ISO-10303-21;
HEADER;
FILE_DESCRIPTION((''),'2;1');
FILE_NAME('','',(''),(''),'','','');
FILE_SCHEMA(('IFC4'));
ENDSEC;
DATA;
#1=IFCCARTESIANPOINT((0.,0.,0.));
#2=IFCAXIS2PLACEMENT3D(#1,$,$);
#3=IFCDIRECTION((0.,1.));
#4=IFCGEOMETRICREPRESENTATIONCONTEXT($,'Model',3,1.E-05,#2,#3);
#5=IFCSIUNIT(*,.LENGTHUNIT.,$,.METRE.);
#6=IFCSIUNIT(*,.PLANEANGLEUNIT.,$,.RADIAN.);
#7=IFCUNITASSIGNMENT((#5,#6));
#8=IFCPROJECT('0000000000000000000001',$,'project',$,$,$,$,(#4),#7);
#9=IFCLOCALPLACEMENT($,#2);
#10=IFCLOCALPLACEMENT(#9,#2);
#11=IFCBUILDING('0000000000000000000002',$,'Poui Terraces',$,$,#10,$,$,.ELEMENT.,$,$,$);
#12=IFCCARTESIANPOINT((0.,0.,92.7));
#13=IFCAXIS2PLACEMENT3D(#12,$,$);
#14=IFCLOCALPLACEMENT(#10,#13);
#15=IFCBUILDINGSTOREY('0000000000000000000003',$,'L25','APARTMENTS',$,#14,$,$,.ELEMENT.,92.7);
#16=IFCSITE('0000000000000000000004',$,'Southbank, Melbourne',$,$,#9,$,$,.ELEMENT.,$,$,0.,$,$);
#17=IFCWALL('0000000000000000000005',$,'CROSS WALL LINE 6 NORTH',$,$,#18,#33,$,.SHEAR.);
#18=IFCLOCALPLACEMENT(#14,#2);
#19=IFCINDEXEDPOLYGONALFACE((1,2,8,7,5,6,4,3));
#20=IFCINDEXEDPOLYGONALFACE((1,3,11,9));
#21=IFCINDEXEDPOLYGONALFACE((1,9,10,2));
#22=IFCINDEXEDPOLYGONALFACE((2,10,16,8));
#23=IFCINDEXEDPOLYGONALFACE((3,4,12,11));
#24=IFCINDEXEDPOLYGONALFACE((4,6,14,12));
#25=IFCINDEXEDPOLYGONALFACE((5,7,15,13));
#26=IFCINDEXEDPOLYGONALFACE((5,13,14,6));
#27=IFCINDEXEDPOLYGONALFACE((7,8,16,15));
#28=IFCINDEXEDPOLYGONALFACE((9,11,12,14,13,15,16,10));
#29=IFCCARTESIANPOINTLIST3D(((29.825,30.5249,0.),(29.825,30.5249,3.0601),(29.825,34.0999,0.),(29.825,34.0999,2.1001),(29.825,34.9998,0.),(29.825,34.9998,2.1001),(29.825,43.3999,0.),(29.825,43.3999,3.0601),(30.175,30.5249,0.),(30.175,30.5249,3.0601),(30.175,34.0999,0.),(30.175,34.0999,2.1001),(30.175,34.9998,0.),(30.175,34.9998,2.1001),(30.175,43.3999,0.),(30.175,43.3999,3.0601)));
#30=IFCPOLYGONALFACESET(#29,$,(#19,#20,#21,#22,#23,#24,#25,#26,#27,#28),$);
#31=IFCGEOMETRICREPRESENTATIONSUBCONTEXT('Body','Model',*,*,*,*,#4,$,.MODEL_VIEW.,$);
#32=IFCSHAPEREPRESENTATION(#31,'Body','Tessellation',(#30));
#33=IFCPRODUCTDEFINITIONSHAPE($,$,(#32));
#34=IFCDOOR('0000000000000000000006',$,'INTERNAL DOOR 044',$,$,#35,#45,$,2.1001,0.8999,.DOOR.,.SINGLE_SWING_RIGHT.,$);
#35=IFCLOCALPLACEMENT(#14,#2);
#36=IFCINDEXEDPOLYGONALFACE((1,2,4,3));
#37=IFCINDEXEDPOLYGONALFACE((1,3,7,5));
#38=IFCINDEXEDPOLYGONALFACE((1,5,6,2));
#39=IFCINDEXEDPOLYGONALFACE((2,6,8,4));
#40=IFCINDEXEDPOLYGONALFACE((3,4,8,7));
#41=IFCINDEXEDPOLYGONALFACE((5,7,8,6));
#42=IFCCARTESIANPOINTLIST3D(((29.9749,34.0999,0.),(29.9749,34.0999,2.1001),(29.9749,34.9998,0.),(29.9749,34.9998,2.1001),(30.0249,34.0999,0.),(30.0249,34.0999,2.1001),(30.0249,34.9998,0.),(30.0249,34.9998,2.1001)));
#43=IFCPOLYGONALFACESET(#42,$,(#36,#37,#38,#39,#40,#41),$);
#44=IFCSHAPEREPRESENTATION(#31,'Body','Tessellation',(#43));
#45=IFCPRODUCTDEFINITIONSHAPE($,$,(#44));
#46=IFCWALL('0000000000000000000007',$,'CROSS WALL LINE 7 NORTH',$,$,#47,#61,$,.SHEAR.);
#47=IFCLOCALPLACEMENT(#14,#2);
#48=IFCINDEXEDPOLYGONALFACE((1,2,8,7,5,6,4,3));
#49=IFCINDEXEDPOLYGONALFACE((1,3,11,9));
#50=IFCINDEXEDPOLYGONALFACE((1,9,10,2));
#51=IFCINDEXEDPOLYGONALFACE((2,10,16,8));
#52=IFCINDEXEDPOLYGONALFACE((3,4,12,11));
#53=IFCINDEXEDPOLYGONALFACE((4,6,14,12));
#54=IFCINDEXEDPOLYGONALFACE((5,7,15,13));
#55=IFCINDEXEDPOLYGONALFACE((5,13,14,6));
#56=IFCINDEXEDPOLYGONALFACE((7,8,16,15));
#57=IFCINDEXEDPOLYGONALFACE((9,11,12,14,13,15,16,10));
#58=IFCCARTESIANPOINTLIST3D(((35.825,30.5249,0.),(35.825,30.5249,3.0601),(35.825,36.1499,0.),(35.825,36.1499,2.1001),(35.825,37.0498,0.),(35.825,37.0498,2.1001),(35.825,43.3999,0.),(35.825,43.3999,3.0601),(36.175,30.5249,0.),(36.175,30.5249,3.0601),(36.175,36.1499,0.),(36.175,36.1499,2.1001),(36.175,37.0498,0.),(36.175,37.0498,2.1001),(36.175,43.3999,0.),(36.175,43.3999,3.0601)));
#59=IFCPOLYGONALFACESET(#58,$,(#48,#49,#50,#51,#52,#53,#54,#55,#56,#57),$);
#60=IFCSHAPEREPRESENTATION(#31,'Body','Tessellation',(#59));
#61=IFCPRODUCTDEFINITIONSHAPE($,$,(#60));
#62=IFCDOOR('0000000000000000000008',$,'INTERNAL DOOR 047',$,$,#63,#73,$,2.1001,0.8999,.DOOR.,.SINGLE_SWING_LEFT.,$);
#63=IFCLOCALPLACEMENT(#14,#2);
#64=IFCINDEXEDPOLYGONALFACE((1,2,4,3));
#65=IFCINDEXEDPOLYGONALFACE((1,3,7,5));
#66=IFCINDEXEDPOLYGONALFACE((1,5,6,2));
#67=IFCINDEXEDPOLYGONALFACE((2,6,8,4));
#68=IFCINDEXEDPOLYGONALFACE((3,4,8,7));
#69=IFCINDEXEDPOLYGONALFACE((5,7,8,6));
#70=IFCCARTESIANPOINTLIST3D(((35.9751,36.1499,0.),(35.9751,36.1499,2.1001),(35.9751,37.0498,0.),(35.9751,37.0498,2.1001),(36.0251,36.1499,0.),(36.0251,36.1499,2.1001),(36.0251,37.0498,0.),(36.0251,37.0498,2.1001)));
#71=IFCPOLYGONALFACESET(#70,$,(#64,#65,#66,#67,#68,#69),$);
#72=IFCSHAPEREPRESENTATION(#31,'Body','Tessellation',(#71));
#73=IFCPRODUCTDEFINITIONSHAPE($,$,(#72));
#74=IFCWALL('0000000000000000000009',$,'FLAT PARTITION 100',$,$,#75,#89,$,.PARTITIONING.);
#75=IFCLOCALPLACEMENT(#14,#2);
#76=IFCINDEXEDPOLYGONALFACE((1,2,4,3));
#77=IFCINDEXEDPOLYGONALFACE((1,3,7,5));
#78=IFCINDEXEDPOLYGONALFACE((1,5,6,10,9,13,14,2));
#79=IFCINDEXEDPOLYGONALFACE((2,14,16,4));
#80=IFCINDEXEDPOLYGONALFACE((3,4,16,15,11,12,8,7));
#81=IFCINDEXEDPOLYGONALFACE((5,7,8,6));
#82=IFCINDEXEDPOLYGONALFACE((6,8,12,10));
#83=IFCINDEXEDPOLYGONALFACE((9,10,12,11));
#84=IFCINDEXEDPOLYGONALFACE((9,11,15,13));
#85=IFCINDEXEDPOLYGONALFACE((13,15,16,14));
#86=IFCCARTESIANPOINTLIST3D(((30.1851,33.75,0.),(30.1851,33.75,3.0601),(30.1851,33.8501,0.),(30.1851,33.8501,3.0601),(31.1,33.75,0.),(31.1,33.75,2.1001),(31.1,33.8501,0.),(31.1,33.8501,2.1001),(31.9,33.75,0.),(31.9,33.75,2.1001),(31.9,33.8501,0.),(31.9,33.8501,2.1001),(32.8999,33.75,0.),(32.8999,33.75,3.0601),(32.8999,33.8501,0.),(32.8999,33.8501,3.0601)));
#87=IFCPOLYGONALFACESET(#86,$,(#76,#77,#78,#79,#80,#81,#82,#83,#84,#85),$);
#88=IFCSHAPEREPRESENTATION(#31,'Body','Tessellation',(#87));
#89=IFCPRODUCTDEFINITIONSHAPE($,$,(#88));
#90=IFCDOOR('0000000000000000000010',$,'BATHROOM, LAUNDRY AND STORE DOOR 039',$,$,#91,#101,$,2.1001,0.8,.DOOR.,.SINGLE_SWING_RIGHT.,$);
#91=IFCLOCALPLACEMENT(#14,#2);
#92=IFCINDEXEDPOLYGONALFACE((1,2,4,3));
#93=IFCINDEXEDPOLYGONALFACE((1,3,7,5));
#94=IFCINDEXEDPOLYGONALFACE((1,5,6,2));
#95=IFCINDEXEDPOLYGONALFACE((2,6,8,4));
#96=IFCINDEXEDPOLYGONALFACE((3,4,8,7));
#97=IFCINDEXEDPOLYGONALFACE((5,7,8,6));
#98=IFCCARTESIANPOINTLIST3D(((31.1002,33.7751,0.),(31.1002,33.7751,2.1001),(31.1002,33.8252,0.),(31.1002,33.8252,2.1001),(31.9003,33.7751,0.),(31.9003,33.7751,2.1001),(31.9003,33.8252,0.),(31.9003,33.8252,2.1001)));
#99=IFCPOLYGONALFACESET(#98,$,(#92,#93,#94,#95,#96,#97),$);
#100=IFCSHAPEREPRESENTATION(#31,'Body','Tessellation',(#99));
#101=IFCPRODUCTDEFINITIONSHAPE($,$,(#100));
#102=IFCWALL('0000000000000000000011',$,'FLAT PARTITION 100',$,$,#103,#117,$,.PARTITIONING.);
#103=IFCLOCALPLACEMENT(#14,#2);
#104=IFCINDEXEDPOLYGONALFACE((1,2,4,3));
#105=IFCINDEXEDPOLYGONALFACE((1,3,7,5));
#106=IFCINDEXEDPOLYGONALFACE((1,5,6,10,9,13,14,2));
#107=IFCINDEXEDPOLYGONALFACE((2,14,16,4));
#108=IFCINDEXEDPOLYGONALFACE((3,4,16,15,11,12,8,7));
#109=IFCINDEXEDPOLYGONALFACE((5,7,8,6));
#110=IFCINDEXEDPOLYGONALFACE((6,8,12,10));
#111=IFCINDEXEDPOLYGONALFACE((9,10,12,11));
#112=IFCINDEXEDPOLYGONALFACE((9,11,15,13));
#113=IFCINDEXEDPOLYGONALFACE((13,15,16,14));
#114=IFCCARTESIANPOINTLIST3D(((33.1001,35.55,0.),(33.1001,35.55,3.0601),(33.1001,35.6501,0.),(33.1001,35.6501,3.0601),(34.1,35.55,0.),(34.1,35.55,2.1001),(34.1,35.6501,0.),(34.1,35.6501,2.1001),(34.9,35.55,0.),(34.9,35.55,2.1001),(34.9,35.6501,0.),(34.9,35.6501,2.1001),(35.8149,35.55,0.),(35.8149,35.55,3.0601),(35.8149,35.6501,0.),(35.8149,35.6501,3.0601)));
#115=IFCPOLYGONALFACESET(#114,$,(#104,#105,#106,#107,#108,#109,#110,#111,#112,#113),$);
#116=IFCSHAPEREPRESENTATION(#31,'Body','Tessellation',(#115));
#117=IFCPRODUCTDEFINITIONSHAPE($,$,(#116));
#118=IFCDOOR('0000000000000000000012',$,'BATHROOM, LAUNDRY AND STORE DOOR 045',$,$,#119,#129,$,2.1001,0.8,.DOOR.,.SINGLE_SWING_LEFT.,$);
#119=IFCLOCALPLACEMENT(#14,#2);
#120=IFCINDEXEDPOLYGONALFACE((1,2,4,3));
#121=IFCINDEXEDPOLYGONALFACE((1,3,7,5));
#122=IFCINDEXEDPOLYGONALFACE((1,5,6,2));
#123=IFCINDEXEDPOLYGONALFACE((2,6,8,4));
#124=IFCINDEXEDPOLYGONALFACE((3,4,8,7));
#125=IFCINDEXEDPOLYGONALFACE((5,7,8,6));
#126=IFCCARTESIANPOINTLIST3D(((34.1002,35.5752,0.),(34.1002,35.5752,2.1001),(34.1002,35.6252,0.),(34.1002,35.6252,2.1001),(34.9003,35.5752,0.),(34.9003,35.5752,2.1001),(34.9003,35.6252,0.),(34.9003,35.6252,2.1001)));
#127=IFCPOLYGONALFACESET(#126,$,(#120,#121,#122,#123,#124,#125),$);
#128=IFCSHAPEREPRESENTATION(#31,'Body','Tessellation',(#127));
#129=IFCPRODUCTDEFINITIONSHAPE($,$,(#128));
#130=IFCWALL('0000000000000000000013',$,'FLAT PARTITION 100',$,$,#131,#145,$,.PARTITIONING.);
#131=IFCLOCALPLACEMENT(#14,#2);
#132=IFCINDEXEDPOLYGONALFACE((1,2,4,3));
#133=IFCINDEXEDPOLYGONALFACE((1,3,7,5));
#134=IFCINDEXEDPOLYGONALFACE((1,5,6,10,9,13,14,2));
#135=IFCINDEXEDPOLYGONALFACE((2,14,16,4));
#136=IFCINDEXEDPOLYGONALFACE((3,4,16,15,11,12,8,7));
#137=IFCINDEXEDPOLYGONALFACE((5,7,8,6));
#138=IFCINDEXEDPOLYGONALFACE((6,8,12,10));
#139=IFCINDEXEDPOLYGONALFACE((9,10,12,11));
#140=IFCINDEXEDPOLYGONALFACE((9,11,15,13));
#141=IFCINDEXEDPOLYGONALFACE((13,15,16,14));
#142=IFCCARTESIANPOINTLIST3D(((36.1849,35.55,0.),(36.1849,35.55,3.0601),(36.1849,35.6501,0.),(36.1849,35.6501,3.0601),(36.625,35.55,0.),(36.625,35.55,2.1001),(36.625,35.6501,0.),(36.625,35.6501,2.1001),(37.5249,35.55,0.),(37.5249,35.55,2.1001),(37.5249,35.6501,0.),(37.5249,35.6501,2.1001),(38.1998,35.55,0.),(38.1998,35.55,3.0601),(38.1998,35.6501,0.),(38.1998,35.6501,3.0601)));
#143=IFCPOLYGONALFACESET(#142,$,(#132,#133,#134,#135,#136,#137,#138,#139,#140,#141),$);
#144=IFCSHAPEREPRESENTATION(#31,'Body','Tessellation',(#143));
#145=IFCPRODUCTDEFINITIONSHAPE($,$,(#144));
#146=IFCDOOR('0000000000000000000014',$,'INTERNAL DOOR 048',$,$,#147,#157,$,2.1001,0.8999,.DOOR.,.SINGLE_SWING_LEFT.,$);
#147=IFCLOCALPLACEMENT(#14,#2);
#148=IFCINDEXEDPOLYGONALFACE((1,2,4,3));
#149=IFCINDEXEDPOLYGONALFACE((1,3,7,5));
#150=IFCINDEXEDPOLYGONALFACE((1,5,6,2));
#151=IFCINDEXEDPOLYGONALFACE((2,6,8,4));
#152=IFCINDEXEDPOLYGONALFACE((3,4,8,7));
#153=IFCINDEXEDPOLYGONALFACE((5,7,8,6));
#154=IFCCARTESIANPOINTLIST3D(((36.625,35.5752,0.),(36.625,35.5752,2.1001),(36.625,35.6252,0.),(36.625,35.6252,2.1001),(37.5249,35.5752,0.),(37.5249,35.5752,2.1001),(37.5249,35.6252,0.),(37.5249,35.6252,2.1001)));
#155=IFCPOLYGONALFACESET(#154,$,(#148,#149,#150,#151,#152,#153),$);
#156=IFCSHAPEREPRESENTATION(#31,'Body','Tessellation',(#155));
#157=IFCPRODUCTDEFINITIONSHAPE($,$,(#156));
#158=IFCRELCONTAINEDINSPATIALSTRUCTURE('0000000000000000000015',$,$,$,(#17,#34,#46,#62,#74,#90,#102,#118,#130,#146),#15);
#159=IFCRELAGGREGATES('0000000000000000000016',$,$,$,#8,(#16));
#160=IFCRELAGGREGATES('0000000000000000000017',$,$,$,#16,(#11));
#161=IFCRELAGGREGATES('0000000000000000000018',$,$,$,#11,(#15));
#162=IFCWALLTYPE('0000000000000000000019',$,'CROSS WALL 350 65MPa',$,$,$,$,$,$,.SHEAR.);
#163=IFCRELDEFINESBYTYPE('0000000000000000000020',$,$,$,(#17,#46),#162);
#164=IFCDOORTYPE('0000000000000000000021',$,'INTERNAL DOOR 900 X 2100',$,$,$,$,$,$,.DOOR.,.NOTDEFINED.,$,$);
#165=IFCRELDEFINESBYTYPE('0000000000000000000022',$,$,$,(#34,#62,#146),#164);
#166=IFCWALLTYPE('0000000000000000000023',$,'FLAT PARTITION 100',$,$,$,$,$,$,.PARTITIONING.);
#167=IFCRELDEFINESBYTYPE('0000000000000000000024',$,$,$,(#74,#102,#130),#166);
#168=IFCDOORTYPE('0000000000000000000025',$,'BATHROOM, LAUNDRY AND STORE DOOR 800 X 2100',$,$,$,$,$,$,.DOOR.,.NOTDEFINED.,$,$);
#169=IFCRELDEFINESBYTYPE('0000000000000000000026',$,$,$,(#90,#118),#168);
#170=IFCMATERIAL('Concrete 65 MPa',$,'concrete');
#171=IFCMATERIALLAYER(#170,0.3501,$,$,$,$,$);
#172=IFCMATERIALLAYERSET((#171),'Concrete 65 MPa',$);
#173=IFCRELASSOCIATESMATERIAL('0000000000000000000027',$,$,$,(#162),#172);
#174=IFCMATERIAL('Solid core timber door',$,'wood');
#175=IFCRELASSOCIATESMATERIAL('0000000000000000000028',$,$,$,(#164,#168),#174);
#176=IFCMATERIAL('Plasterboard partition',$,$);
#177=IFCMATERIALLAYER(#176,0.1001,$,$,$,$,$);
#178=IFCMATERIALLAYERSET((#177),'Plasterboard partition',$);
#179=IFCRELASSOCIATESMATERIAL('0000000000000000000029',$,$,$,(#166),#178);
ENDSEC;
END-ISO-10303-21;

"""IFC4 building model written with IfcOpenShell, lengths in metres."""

from ifc_helpers import new_model, si_unit, direction, frame, frame_2d, origin, place, context, subcontext, project, spatial, rectangle, extrude, material, layer, layer_set, type_object, element, fill, save


model = new_model("IFC4")

# Units and contexts
model_context = context("Model", 3, precision=1e-05, world=origin(), true_north=direction((0.0, 1.0)))
body_context = subcontext(model_context, "Body", "Model", "MODEL_VIEW")
ifc_project = project(units=[si_unit("LENGTHUNIT", "METRE"), si_unit("PLANEANGLEUNIT", "RADIAN")], contexts=[model_context])

# Site, building, storey
site_placement = place(None, origin())
site = spatial("IfcSite", under=ifc_project, at=site_placement, Name="Southbank, Melbourne", CompositionType="ELEMENT", RefElevation=0.0)
building_placement = place(site_placement, origin())
building = spatial("IfcBuilding", under=site, at=building_placement, Name="Poui Terraces", CompositionType="ELEMENT")
storey_placement = place(building_placement, frame((0.0, 0.0, 92.7)))
storey = spatial("IfcBuildingStorey", under=building, at=storey_placement, Name="L25", Description="APARTMENTS", CompositionType="ELEMENT", Elevation=92.7)

# Walls, openings, doors
ifc_material_1 = material(Name="Concrete 65 MPa", Category="concrete")
ifc_layer_1 = layer(ifc_material_1, 0.3501)
ifc_layer_set_1 = layer_set([ifc_layer_1], Name="Concrete 65 MPa")
wall_type_1 = type_object("IfcWallType", Name="CROSS WALL 350 65MPa", PredefinedType="SHEAR", material=ifc_layer_set_1)
wall_1_placement = place(storey_placement, frame((30.0, 30.5249, 0.0), z_axis=(0.0, 0.0, 1.0), x_axis=(0.0, 1.0, 0.0)))
wall_1 = element("IfcWall", 1, at=wall_1_placement, inside=storey, type_object=wall_type_1, Name="CROSS WALL LINE 6 NORTH", PredefinedType="SHEAR", context=body_context, shape_type="SweptSolid", body=[
    extrude(rectangle(XDim=12.875, YDim=0.3501, at=frame_2d((6.4375, 0.0))), origin(), (0.0, 0.0, 1.0), 3.0601),
])
opening_1_placement = place(wall_1_placement, frame((3.575, 0.0, 0.0)))
opening_1 = element("IfcOpeningElement", 2, at=opening_1_placement, cuts=wall_1, PredefinedType="OPENING", context=body_context, shape_type="SweptSolid", body=[
    extrude(rectangle(XDim=0.8999, YDim=2.1001, at=frame_2d((0.45, 1.05))), frame((0.0, 0.1851, 0.0), z_axis=(0.0, -1.0, 0.0), x_axis=(1.0, 0.0, 0.0)), (0.0, 0.0, 1.0), 0.3701),
])
ifc_material_2 = material(Name="Solid core timber door", Category="wood")
door_type_1 = type_object("IfcDoorType", Name="INTERNAL DOOR 900 X 2100", OperationType="NOTDEFINED", PredefinedType="DOOR", material=ifc_material_2)
door_1_placement = place(opening_1_placement, frame((0.8999, 0.0, 0.0), z_axis=(0.0, 0.0, 1.0), x_axis=(-1.0, 0.0, 0.0)))
door_1 = element("IfcDoor", 3, at=door_1_placement, inside=storey, type_object=door_type_1, Name="INTERNAL DOOR 044", OperationType="SINGLE_SWING_RIGHT", OverallHeight=2.1001, OverallWidth=0.8999, PredefinedType="DOOR", context=body_context, shape_type="SweptSolid", body=[
    extrude(rectangle(XDim=0.8999, YDim=2.1001, at=frame_2d((0.45, 1.05))), frame((0.0, 0.0249, 0.0), z_axis=(0.0, -1.0, 0.0), x_axis=(1.0, 0.0, 0.0)), (0.0, 0.0, 1.0), 0.05),
])
fill(opening_1, door_1)
wall_2_placement = place(storey_placement, frame((36.0, 30.5249, 0.0), z_axis=(0.0, 0.0, 1.0), x_axis=(0.0, 1.0, 0.0)))
wall_2 = element("IfcWall", 4, at=wall_2_placement, inside=storey, type_object=wall_type_1, Name="CROSS WALL LINE 7 NORTH", PredefinedType="SHEAR", context=body_context, shape_type="SweptSolid", body=[
    extrude(rectangle(XDim=12.875, YDim=0.3501, at=frame_2d((6.4375, 0.0))), origin(), (0.0, 0.0, 1.0), 3.0601),
])
opening_2_placement = place(wall_2_placement, frame((5.625, 0.0, 0.0)))
opening_2 = element("IfcOpeningElement", 5, at=opening_2_placement, cuts=wall_2, PredefinedType="OPENING", context=body_context, shape_type="SweptSolid", body=[
    extrude(rectangle(XDim=0.8999, YDim=2.1001, at=frame_2d((0.45, 1.05))), frame((0.0, 0.1851, 0.0), z_axis=(0.0, -1.0, 0.0), x_axis=(1.0, 0.0, 0.0)), (0.0, 0.0, 1.0), 0.3701),
])
door_2_placement = place(opening_2_placement, origin())
door_2 = element("IfcDoor", 6, at=door_2_placement, inside=storey, type_object=door_type_1, Name="INTERNAL DOOR 047", OperationType="SINGLE_SWING_LEFT", OverallHeight=2.1001, OverallWidth=0.8999, PredefinedType="DOOR", context=body_context, shape_type="SweptSolid", body=[
    extrude(rectangle(XDim=0.8999, YDim=2.1001, at=frame_2d((0.45, 1.05))), frame((0.0, 0.0249, 0.0), z_axis=(0.0, -1.0, 0.0), x_axis=(1.0, 0.0, 0.0)), (0.0, 0.0, 1.0), 0.05),
])
fill(opening_2, door_2)
ifc_material_3 = material(Name="Plasterboard partition")
ifc_layer_2 = layer(ifc_material_3, 0.1001)
ifc_layer_set_2 = layer_set([ifc_layer_2], Name="Plasterboard partition")
wall_type_2 = type_object("IfcWallType", Name="FLAT PARTITION 100", PredefinedType="PARTITIONING", material=ifc_layer_set_2)
wall_3_placement = place(storey_placement, frame((30.1851, 33.8, 0.0), z_axis=(0.0, 0.0, 1.0), x_axis=(1.0, 0.0, 0.0)))
wall_3 = element("IfcWall", 7, at=wall_3_placement, inside=storey, type_object=wall_type_2, Name="FLAT PARTITION 100", PredefinedType="PARTITIONING", context=body_context, shape_type="SweptSolid", body=[
    extrude(rectangle(XDim=2.7148, YDim=0.1001, at=frame_2d((1.3574, 0.0))), origin(), (0.0, 0.0, 1.0), 3.0601),
])
opening_3_placement = place(wall_3_placement, frame((0.915, 0.0, 0.0)))
opening_3 = element("IfcOpeningElement", 8, at=opening_3_placement, cuts=wall_3, PredefinedType="OPENING", context=body_context, shape_type="SweptSolid", body=[
    extrude(rectangle(XDim=0.8, YDim=2.1001, at=frame_2d((0.3999, 1.05))), frame((0.0, 0.0601, 0.0), z_axis=(0.0, -1.0, 0.0), x_axis=(1.0, 0.0, 0.0)), (0.0, 0.0, 1.0), 0.1201),
])
door_type_2 = type_object("IfcDoorType", Name="BATHROOM, LAUNDRY AND STORE DOOR 800 X 2100", OperationType="NOTDEFINED", PredefinedType="DOOR", material=ifc_material_2)
door_3_placement = place(opening_3_placement, frame((0.8, 0.0, 0.0), z_axis=(0.0, 0.0, 1.0), x_axis=(-1.0, 0.0, 0.0)))
door_3 = element("IfcDoor", 9, at=door_3_placement, inside=storey, type_object=door_type_2, Name="BATHROOM, LAUNDRY AND STORE DOOR 039", OperationType="SINGLE_SWING_RIGHT", OverallHeight=2.1001, OverallWidth=0.8, PredefinedType="DOOR", context=body_context, shape_type="SweptSolid", body=[
    extrude(rectangle(XDim=0.8, YDim=2.1001, at=frame_2d((0.3999, 1.05))), frame((0.0, 0.0249, 0.0), z_axis=(0.0, -1.0, 0.0), x_axis=(1.0, 0.0, 0.0)), (0.0, 0.0, 1.0), 0.05),
])
fill(opening_3, door_3)
wall_4_placement = place(storey_placement, frame((33.1001, 35.6001, 0.0), z_axis=(0.0, 0.0, 1.0), x_axis=(1.0, 0.0, 0.0)))
wall_4 = element("IfcWall", 10, at=wall_4_placement, inside=storey, type_object=wall_type_2, Name="FLAT PARTITION 100", PredefinedType="PARTITIONING", context=body_context, shape_type="SweptSolid", body=[
    extrude(rectangle(XDim=2.7148, YDim=0.1001, at=frame_2d((1.3574, 0.0))), origin(), (0.0, 0.0, 1.0), 3.0601),
])
opening_4_placement = place(wall_4_placement, frame((1.0, 0.0, 0.0)))
opening_4 = element("IfcOpeningElement", 11, at=opening_4_placement, cuts=wall_4, PredefinedType="OPENING", context=body_context, shape_type="SweptSolid", body=[
    extrude(rectangle(XDim=0.8, YDim=2.1001, at=frame_2d((0.3999, 1.05))), frame((0.0, 0.0601, 0.0), z_axis=(0.0, -1.0, 0.0), x_axis=(1.0, 0.0, 0.0)), (0.0, 0.0, 1.0), 0.1201),
])
door_4_placement = place(opening_4_placement, frame((0.8, 0.0, 0.0), z_axis=(0.0, 0.0, 1.0), x_axis=(-1.0, 0.0, 0.0)))
door_4 = element("IfcDoor", 12, at=door_4_placement, inside=storey, type_object=door_type_2, Name="BATHROOM, LAUNDRY AND STORE DOOR 045", OperationType="SINGLE_SWING_LEFT", OverallHeight=2.1001, OverallWidth=0.8, PredefinedType="DOOR", context=body_context, shape_type="SweptSolid", body=[
    extrude(rectangle(XDim=0.8, YDim=2.1001, at=frame_2d((0.3999, 1.05))), frame((0.0, 0.0249, 0.0), z_axis=(0.0, -1.0, 0.0), x_axis=(1.0, 0.0, 0.0)), (0.0, 0.0, 1.0), 0.05),
])
fill(opening_4, door_4)
wall_5_placement = place(storey_placement, frame((36.1851, 35.6001, 0.0), z_axis=(0.0, 0.0, 1.0), x_axis=(1.0, 0.0, 0.0)))
wall_5 = element("IfcWall", 13, at=wall_5_placement, inside=storey, type_object=wall_type_2, Name="FLAT PARTITION 100", PredefinedType="PARTITIONING", context=body_context, shape_type="SweptSolid", body=[
    extrude(rectangle(XDim=2.0149, YDim=0.1001, at=frame_2d((1.0073, 0.0))), origin(), (0.0, 0.0, 1.0), 3.0601),
])
opening_5_placement = place(wall_5_placement, frame((0.4399, 0.0, 0.0)))
opening_5 = element("IfcOpeningElement", 14, at=opening_5_placement, cuts=wall_5, PredefinedType="OPENING", context=body_context, shape_type="SweptSolid", body=[
    extrude(rectangle(XDim=0.8999, YDim=2.1001, at=frame_2d((0.45, 1.05))), frame((0.0, 0.0601, 0.0), z_axis=(0.0, -1.0, 0.0), x_axis=(1.0, 0.0, 0.0)), (0.0, 0.0, 1.0), 0.1201),
])
door_5_placement = place(opening_5_placement, frame((0.8999, 0.0, 0.0), z_axis=(0.0, 0.0, 1.0), x_axis=(-1.0, 0.0, 0.0)))
door_5 = element("IfcDoor", 15, at=door_5_placement, inside=storey, type_object=door_type_1, Name="INTERNAL DOOR 048", OperationType="SINGLE_SWING_LEFT", OverallHeight=2.1001, OverallWidth=0.8999, PredefinedType="DOOR", context=body_context, shape_type="SweptSolid", body=[
    extrude(rectangle(XDim=0.8999, YDim=2.1001, at=frame_2d((0.45, 1.05))), frame((0.0, 0.0249, 0.0), z_axis=(0.0, -1.0, 0.0), x_axis=(1.0, 0.0, 0.0)), (0.0, 0.0, 1.0), 0.05),
])
fill(opening_5, door_5)

save(model, "model.ifc")
